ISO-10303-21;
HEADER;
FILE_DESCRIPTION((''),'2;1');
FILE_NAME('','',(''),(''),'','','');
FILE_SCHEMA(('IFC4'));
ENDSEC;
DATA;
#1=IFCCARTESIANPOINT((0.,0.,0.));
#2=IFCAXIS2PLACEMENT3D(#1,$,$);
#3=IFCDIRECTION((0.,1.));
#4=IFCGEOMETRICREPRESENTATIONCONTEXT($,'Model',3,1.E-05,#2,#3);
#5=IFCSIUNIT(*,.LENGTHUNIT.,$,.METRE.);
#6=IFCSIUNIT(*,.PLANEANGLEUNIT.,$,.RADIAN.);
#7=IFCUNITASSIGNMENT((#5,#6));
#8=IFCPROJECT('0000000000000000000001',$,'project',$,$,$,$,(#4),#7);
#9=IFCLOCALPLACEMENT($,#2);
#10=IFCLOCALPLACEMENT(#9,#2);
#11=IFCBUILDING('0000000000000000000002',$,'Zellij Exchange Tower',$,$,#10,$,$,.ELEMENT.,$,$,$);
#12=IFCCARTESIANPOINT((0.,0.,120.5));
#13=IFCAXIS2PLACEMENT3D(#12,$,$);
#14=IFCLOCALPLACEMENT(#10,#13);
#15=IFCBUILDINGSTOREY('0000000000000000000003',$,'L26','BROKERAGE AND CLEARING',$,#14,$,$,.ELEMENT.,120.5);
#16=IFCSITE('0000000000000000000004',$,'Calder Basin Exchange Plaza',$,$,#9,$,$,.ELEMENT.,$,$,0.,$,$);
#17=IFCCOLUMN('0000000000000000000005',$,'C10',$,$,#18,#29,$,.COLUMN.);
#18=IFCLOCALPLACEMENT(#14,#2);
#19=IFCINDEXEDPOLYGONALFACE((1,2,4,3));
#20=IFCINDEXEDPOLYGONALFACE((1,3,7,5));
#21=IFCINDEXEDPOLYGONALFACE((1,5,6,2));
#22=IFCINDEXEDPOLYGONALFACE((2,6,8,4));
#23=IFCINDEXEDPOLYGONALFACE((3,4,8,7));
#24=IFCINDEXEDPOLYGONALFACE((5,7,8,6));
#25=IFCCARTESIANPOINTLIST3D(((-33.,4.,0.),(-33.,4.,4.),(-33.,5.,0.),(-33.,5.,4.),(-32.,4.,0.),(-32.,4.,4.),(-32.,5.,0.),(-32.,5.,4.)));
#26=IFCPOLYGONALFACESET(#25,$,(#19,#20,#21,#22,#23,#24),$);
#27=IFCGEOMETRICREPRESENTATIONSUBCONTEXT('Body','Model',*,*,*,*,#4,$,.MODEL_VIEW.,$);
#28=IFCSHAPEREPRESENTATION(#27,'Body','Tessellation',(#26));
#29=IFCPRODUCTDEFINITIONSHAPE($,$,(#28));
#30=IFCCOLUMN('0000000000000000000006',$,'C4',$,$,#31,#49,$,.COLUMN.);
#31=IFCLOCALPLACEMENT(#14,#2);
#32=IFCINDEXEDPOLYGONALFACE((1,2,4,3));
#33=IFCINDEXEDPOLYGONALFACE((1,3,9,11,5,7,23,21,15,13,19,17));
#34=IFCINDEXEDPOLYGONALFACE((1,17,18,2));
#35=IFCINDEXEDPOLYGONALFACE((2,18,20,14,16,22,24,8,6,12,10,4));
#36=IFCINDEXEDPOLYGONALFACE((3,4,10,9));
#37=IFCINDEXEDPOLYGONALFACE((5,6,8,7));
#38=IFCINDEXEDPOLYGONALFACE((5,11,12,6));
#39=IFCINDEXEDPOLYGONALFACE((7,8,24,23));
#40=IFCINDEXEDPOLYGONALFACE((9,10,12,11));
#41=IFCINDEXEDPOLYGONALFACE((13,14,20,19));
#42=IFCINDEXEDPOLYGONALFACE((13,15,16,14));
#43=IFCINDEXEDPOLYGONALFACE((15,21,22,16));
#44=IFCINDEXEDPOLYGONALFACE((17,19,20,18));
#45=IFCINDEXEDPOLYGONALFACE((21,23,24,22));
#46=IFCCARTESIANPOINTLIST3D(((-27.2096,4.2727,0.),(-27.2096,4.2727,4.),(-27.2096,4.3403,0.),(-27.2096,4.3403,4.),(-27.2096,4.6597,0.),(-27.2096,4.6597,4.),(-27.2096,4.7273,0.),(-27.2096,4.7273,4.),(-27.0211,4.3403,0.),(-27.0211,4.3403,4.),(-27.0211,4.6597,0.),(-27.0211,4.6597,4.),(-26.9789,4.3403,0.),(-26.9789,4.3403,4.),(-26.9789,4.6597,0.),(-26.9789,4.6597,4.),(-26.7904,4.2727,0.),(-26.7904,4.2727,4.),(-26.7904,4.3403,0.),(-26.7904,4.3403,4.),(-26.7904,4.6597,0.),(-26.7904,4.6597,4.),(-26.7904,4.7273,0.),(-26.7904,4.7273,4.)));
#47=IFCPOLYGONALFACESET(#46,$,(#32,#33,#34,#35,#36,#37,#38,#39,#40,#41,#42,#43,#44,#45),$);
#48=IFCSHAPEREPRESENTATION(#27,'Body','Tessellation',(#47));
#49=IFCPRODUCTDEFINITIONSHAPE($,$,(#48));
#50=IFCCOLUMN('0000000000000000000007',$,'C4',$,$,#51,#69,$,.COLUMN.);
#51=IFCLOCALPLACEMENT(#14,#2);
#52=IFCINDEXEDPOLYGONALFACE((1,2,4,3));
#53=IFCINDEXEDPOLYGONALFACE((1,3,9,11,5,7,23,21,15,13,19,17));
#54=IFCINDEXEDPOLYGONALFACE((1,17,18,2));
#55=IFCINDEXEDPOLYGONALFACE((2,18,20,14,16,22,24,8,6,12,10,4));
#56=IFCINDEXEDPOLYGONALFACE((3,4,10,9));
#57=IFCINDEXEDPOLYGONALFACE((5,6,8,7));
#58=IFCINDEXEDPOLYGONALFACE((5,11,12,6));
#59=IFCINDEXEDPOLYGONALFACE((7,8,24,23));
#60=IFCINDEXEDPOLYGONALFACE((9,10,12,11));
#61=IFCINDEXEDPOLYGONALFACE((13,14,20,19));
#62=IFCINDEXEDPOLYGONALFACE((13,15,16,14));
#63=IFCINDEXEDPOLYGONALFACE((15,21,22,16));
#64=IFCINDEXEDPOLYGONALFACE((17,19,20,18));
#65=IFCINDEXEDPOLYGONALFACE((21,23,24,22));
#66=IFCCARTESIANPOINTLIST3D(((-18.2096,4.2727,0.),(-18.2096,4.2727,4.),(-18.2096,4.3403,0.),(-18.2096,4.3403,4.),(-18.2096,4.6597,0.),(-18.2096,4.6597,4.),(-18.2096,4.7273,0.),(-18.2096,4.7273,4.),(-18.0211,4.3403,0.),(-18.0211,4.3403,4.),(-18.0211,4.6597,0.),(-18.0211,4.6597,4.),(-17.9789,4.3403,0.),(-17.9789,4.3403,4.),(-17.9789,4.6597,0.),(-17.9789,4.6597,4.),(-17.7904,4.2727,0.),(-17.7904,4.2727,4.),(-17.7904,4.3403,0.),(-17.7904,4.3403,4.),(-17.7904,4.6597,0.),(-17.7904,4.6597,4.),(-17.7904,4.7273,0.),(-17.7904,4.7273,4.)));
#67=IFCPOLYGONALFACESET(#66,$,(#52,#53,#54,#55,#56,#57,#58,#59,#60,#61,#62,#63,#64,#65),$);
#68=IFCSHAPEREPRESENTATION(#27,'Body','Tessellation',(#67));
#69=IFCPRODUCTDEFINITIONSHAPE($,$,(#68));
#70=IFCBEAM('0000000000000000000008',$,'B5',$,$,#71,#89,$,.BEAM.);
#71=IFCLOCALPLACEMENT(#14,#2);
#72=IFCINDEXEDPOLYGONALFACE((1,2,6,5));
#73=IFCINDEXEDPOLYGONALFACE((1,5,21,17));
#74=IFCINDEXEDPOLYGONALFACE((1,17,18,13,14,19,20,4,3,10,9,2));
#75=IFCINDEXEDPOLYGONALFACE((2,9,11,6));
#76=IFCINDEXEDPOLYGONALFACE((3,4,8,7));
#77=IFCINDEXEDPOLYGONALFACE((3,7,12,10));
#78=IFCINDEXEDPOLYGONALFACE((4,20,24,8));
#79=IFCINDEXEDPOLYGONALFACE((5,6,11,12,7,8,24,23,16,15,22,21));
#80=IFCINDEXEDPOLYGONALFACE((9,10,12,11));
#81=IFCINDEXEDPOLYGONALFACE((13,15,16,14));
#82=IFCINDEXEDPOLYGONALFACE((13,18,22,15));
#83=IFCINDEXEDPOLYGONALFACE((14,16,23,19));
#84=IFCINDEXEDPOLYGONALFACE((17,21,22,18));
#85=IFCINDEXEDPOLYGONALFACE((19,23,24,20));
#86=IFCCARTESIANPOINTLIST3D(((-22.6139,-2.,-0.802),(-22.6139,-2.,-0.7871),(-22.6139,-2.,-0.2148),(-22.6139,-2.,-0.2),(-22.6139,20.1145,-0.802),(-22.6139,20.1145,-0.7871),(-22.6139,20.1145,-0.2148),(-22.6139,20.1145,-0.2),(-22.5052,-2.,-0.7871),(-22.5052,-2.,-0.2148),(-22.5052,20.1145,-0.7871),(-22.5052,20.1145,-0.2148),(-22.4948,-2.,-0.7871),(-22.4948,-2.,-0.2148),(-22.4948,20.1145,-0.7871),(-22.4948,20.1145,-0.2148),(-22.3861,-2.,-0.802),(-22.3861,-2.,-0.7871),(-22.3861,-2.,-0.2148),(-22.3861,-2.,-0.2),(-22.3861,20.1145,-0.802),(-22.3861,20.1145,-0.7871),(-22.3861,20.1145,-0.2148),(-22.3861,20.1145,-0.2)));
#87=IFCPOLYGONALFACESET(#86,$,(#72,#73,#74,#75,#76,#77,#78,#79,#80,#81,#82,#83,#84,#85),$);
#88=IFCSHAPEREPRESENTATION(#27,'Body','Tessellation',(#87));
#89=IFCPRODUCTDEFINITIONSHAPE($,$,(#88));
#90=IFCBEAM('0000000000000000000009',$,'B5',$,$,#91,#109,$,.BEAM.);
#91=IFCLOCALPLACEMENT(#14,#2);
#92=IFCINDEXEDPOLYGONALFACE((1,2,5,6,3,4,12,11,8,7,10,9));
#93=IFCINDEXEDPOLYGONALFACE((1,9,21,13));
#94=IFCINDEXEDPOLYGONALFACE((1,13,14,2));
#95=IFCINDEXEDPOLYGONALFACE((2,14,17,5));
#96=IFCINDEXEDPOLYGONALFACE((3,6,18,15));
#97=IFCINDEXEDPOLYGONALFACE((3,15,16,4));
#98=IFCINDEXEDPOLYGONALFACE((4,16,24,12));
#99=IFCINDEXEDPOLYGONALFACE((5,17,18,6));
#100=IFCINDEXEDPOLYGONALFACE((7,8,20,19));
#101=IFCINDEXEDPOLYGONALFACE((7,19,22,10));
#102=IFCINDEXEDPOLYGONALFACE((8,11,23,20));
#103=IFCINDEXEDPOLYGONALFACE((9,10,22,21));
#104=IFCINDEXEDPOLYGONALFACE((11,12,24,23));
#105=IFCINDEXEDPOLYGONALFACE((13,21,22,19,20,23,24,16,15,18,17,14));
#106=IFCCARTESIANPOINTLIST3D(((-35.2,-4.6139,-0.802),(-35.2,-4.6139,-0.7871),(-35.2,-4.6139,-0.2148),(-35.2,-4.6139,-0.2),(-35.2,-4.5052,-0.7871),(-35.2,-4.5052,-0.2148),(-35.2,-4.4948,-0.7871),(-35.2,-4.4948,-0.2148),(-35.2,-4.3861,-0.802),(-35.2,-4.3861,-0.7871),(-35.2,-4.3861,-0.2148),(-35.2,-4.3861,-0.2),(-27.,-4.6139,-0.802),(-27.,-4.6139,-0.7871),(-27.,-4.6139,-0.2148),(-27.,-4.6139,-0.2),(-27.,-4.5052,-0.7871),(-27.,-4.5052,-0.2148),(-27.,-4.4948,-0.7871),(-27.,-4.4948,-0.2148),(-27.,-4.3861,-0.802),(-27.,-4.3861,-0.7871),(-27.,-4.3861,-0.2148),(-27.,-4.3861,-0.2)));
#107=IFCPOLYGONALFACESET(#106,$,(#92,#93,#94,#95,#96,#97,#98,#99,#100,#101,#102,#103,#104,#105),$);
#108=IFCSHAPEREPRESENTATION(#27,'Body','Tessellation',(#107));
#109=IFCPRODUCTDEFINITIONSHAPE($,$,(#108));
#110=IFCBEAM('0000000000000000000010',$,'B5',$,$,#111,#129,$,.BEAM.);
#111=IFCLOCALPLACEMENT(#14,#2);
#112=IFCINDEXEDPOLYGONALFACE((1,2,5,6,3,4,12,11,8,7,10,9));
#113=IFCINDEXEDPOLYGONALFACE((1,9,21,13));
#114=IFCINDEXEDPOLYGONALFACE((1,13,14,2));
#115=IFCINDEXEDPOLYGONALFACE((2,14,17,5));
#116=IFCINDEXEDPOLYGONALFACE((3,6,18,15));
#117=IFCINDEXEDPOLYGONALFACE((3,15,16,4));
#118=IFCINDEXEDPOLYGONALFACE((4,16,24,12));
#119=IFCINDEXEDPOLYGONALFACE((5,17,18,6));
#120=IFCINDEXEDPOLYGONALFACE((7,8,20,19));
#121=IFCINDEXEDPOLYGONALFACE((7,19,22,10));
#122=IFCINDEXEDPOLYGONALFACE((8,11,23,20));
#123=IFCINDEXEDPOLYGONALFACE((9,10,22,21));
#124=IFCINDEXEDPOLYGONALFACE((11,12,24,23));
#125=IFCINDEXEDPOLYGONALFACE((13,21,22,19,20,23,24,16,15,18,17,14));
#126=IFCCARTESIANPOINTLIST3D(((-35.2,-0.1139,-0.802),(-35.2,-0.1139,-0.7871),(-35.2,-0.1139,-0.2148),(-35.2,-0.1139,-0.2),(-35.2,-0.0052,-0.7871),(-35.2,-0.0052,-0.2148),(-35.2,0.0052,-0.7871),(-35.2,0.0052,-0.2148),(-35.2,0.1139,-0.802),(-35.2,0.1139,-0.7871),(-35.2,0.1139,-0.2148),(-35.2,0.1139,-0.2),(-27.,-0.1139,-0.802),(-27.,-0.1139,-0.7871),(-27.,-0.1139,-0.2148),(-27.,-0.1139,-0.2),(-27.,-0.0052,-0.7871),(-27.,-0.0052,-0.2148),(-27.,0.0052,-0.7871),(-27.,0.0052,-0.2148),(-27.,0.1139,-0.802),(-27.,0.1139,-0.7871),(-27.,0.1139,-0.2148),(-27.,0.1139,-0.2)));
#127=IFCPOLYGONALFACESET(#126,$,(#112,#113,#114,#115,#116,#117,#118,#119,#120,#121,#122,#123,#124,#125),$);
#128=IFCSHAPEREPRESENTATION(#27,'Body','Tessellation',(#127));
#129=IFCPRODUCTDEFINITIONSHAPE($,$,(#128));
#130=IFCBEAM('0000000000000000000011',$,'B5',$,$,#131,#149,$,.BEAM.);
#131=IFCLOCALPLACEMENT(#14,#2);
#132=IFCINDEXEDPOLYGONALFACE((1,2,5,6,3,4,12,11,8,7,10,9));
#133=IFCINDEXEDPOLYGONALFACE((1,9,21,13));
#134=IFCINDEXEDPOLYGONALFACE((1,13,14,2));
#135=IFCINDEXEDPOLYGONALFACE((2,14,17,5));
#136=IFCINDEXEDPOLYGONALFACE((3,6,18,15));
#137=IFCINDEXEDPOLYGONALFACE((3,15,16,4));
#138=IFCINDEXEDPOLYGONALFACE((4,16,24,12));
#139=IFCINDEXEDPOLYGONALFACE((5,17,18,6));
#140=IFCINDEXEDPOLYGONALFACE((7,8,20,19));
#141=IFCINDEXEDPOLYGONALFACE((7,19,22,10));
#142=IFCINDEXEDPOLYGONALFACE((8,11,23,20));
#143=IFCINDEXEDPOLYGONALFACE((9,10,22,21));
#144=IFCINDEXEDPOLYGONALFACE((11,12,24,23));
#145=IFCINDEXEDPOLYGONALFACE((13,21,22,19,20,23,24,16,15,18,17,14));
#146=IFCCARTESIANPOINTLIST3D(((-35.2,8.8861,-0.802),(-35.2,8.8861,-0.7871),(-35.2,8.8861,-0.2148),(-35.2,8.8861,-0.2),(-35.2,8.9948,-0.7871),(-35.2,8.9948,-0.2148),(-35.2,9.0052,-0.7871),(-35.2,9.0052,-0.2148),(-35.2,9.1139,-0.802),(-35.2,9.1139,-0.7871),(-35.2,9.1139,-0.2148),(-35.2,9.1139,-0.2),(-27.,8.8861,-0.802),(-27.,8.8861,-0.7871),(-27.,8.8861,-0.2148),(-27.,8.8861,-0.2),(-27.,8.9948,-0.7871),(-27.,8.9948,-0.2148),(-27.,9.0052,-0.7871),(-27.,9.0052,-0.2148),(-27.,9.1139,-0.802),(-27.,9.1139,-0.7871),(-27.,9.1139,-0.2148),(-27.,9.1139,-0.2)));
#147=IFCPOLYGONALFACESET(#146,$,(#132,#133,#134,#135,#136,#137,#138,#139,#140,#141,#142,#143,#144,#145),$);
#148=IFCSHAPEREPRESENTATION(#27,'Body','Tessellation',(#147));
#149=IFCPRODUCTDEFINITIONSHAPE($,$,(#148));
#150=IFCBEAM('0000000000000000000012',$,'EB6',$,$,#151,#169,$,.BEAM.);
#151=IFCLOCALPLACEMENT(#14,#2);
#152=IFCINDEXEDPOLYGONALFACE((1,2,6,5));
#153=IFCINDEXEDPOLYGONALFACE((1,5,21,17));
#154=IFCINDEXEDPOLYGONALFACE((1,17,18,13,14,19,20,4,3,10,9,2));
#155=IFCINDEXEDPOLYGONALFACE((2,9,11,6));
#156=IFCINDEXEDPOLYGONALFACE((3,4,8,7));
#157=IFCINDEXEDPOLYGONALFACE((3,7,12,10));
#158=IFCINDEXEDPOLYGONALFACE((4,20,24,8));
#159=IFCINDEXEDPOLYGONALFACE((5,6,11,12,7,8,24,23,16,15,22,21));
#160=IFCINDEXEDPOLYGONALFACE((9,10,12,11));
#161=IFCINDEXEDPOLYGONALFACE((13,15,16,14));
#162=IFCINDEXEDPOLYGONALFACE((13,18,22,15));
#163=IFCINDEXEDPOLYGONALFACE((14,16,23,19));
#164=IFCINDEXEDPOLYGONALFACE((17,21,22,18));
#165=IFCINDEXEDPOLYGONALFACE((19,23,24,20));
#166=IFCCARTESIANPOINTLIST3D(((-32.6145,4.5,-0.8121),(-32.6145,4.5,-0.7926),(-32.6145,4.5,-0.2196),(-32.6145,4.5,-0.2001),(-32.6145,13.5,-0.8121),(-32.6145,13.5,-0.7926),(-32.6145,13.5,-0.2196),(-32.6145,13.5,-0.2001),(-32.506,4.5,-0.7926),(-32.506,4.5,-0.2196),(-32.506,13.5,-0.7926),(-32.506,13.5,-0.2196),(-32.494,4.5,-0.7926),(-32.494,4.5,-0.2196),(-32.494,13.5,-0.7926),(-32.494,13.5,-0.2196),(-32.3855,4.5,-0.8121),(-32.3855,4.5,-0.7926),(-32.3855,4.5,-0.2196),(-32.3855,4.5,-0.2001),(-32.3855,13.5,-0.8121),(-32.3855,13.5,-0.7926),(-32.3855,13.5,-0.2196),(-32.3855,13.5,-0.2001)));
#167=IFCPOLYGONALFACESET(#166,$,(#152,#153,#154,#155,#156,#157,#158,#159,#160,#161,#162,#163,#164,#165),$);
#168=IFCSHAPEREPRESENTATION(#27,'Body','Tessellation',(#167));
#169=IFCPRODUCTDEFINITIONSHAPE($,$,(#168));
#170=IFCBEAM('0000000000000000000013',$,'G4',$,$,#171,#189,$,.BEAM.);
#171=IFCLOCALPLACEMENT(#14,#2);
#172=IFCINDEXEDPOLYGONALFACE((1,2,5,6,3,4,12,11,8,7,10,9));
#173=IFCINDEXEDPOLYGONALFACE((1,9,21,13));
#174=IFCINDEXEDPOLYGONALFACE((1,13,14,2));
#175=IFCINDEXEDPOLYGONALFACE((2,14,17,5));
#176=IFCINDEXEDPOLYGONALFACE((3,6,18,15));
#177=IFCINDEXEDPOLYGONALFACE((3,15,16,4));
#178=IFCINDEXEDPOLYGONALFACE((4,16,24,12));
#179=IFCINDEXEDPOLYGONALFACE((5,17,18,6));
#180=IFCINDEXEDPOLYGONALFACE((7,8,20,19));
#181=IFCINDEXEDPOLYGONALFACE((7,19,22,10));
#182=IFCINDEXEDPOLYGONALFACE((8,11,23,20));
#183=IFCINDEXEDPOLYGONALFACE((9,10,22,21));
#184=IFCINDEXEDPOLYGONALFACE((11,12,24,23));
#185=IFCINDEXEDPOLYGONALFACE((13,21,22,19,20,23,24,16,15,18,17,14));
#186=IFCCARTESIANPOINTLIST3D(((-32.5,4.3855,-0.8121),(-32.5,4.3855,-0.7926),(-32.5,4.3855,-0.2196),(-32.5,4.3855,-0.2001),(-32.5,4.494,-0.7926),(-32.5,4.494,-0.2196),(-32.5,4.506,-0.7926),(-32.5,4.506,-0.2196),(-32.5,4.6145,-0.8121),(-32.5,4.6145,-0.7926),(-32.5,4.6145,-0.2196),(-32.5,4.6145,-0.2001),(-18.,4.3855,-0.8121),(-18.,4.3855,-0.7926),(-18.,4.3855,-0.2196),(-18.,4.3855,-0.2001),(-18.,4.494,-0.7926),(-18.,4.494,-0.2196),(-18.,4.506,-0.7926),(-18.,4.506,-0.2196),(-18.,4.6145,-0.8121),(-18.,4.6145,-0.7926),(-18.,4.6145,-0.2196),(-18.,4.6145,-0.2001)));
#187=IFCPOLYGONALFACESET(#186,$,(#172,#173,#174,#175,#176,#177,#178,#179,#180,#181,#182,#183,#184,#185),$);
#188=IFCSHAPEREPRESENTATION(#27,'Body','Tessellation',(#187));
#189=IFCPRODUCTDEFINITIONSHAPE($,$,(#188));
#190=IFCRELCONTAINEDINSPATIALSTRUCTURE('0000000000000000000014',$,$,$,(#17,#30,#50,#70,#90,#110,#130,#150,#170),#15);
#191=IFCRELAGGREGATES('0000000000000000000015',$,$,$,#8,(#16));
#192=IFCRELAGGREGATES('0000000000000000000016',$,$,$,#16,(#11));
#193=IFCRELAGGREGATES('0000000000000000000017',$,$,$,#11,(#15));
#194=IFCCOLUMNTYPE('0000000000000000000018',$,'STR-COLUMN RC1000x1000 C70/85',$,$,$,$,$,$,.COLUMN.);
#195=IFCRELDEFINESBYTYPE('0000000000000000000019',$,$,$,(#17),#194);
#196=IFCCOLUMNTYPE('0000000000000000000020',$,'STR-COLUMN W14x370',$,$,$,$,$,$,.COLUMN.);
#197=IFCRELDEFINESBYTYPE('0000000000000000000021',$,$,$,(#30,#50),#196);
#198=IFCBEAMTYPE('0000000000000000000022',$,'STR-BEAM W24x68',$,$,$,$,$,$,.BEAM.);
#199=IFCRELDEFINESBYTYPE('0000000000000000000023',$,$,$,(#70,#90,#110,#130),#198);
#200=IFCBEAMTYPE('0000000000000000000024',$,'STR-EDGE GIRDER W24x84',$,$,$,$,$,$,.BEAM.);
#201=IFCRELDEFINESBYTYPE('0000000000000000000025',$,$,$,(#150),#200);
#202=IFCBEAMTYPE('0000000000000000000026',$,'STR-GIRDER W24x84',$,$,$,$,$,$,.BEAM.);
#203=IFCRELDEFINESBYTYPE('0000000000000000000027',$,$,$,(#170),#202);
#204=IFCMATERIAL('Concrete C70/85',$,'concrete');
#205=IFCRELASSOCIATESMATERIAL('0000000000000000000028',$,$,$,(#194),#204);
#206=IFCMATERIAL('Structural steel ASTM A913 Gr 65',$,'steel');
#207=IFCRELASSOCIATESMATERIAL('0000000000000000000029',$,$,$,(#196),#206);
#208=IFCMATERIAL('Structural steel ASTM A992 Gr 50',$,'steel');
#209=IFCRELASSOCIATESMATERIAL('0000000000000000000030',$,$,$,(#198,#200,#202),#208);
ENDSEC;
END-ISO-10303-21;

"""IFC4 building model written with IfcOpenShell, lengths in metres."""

from ifc_helpers import new_model, si_unit, direction, frame, origin, origin_2d, place, context, subcontext, project, spatial, rectangle, i_section, extrude, material, material_profile, profile_set, type_object, element, save


model = new_model("IFC4")

# Units and contexts
model_context = context("Model", 3, precision=1e-05, world=origin(), true_north=direction((0.0, 1.0)))
body_context = subcontext(model_context, "Body", "Model", "MODEL_VIEW")
ifc_project = project(units=[si_unit("LENGTHUNIT", "METRE"), si_unit("PLANEANGLEUNIT", "RADIAN")], contexts=[model_context])

# Site, building, storey
site_placement = place(None, origin())
site = spatial("IfcSite", under=ifc_project, at=site_placement, Name="Calder Basin Exchange Plaza", CompositionType="ELEMENT", RefElevation=0.0)
building_placement = place(site_placement, origin())
building = spatial("IfcBuilding", under=site, at=building_placement, Name="Zellij Exchange Tower", CompositionType="ELEMENT")
storey_placement = place(building_placement, frame((0.0, 0.0, 120.5)))
storey = spatial("IfcBuildingStorey", under=building, at=storey_placement, Name="L26", Description="BROKERAGE AND CLEARING", CompositionType="ELEMENT", Elevation=120.5)

# Columns
ifc_material_1 = material(Name="Concrete C70/85", Category="concrete")
ifc_material_profile_1 = material_profile(ifc_material_1, rectangle(XDim=1.0, YDim=1.0, at=origin_2d()), Name="STR-COLUMN RC1000x1000 C70/85")
ifc_profile_set_1 = profile_set([ifc_material_profile_1], Name="Concrete C70/85")
column_type_1 = type_object("IfcColumnType", Name="STR-COLUMN RC1000x1000 C70/85", PredefinedType="COLUMN", material=ifc_profile_set_1)
column_placement = place(storey_placement, frame((-32.5, 4.5, 0.0), z_axis=(0.0, 0.0, 1.0), x_axis=(1.0, 0.0, 0.0)))
element("IfcColumn", 1, at=column_placement, inside=storey, type_object=column_type_1, Name="C10", PredefinedType="COLUMN", context=body_context, shape_type="SweptSolid", body=[
    extrude(rectangle(XDim=1.0, YDim=1.0, at=origin_2d()), origin(), (0.0, 0.0, 1.0), 4.0),
])
ifc_material_2 = material(Name="Structural steel ASTM A913 Gr 65", Category="steel")
ifc_material_profile_2 = material_profile(ifc_material_2, i_section(OverallWidth=0.4192, OverallDepth=0.4546, WebThickness=0.0422, FlangeThickness=0.0676, at=origin_2d()), Name="W14x370")
ifc_profile_set_2 = profile_set([ifc_material_profile_2], Name="Structural steel ASTM A913 Gr 65")
column_type_2 = type_object("IfcColumnType", Name="STR-COLUMN W14x370", PredefinedType="COLUMN", material=ifc_profile_set_2)
for number, where, z_axis, x_axis, name in (
    (2, (-27.0, 4.5, 0.0), (0.0, 0.0, 1.0), (1.0, 0.0, 0.0), "C4"),
    (3, (-18.0, 4.5, 0.0), (0.0, 0.0, 1.0), (1.0, 0.0, 0.0), "C4"),
):
    element("IfcColumn", number, at=place(storey_placement, frame(where, z_axis=z_axis, x_axis=x_axis)), inside=storey, type_object=column_type_2, Name=name, PredefinedType="COLUMN", context=body_context, shape_type="SweptSolid", body=[
        extrude(i_section(OverallWidth=0.4192, OverallDepth=0.4546, WebThickness=0.0422, FlangeThickness=0.0676, at=origin_2d()), origin(), (0.0, 0.0, 1.0), 4.0),
    ])

# Beams
ifc_material_3 = material(Name="Structural steel ASTM A992 Gr 50", Category="steel")
ifc_material_profile_3 = material_profile(ifc_material_3, i_section(OverallWidth=0.2278, OverallDepth=0.6021, WebThickness=0.0105, FlangeThickness=0.0149, at=origin_2d()), Name="W24x68")
ifc_profile_set_3 = profile_set([ifc_material_profile_3], Name="Structural steel ASTM A992 Gr 50")
beam_type_1 = type_object("IfcBeamType", Name="STR-BEAM W24x68", PredefinedType="BEAM", material=ifc_profile_set_3)
beam_1_placement = place(storey_placement, frame((-22.5, -2.0, -0.501), z_axis=(0.0, 1.0, 0.0), x_axis=(-1.0, 0.0, 0.0)))
element("IfcBeam", 4, at=beam_1_placement, inside=storey, type_object=beam_type_1, Name="B5", PredefinedType="BEAM", context=body_context, shape_type="SweptSolid", body=[
    extrude(i_section(OverallWidth=0.2278, OverallDepth=0.6021, WebThickness=0.0105, FlangeThickness=0.0149, at=origin_2d()), origin(), (0.0, 0.0, 1.0), 22.1145),
])
for number, where, z_axis, x_axis, name in (
    (5, (-35.2, -4.5, -0.501), (1.0, 0.0, 0.0), (0.0, 1.0, 0.0), "B5"),
    (6, (-35.2, 0.0, -0.501), (1.0, 0.0, 0.0), (0.0, 1.0, 0.0), "B5"),
    (7, (-35.2, 9.0, -0.501), (1.0, 0.0, 0.0), (0.0, 1.0, 0.0), "B5"),
):
    element("IfcBeam", number, at=place(storey_placement, frame(where, z_axis=z_axis, x_axis=x_axis)), inside=storey, type_object=beam_type_1, Name=name, PredefinedType="BEAM", context=body_context, shape_type="SweptSolid", body=[
        extrude(i_section(OverallWidth=0.2278, OverallDepth=0.6021, WebThickness=0.0105, FlangeThickness=0.0149, at=origin_2d()), origin(), (0.0, 0.0, 1.0), 8.2),
    ])
ifc_material_profile_4 = material_profile(ifc_material_3, i_section(OverallWidth=0.229, OverallDepth=0.6121, WebThickness=0.012, FlangeThickness=0.0195, at=origin_2d()), Name="W24x84")
ifc_profile_set_4 = profile_set([ifc_material_profile_4], Name="Structural steel ASTM A992 Gr 50")
beam_type_2 = type_object("IfcBeamType", Name="STR-EDGE GIRDER W24x84", PredefinedType="BEAM", material=ifc_profile_set_4)
beam_2_placement = place(storey_placement, frame((-32.5, 4.5, -0.5061), z_axis=(0.0, 1.0, 0.0), x_axis=(-1.0, 0.0, 0.0)))
element("IfcBeam", 8, at=beam_2_placement, inside=storey, type_object=beam_type_2, Name="EB6", PredefinedType="BEAM", context=body_context, shape_type="SweptSolid", body=[
    extrude(i_section(OverallWidth=0.229, OverallDepth=0.6121, WebThickness=0.012, FlangeThickness=0.0195, at=origin_2d()), origin(), (0.0, 0.0, 1.0), 9.0),
])
ifc_material_profile_5 = material_profile(ifc_material_3, i_section(OverallWidth=0.229, OverallDepth=0.6121, WebThickness=0.012, FlangeThickness=0.0195, at=origin_2d()), Name="W24x84")
ifc_profile_set_5 = profile_set([ifc_material_profile_5], Name="Structural steel ASTM A992 Gr 50")
beam_type_3 = type_object("IfcBeamType", Name="STR-GIRDER W24x84", PredefinedType="BEAM", material=ifc_profile_set_5)
beam_3_placement = place(storey_placement, frame((-32.5, 4.5, -0.5061), z_axis=(1.0, 0.0, 0.0), x_axis=(0.0, 1.0, 0.0)))
element("IfcBeam", 9, at=beam_3_placement, inside=storey, type_object=beam_type_3, Name="G4", PredefinedType="BEAM", context=body_context, shape_type="SweptSolid", body=[
    extrude(i_section(OverallWidth=0.229, OverallDepth=0.6121, WebThickness=0.012, FlangeThickness=0.0195, at=origin_2d()), origin(), (0.0, 0.0, 1.0), 14.5),
])

save(model, "model.ifc")
